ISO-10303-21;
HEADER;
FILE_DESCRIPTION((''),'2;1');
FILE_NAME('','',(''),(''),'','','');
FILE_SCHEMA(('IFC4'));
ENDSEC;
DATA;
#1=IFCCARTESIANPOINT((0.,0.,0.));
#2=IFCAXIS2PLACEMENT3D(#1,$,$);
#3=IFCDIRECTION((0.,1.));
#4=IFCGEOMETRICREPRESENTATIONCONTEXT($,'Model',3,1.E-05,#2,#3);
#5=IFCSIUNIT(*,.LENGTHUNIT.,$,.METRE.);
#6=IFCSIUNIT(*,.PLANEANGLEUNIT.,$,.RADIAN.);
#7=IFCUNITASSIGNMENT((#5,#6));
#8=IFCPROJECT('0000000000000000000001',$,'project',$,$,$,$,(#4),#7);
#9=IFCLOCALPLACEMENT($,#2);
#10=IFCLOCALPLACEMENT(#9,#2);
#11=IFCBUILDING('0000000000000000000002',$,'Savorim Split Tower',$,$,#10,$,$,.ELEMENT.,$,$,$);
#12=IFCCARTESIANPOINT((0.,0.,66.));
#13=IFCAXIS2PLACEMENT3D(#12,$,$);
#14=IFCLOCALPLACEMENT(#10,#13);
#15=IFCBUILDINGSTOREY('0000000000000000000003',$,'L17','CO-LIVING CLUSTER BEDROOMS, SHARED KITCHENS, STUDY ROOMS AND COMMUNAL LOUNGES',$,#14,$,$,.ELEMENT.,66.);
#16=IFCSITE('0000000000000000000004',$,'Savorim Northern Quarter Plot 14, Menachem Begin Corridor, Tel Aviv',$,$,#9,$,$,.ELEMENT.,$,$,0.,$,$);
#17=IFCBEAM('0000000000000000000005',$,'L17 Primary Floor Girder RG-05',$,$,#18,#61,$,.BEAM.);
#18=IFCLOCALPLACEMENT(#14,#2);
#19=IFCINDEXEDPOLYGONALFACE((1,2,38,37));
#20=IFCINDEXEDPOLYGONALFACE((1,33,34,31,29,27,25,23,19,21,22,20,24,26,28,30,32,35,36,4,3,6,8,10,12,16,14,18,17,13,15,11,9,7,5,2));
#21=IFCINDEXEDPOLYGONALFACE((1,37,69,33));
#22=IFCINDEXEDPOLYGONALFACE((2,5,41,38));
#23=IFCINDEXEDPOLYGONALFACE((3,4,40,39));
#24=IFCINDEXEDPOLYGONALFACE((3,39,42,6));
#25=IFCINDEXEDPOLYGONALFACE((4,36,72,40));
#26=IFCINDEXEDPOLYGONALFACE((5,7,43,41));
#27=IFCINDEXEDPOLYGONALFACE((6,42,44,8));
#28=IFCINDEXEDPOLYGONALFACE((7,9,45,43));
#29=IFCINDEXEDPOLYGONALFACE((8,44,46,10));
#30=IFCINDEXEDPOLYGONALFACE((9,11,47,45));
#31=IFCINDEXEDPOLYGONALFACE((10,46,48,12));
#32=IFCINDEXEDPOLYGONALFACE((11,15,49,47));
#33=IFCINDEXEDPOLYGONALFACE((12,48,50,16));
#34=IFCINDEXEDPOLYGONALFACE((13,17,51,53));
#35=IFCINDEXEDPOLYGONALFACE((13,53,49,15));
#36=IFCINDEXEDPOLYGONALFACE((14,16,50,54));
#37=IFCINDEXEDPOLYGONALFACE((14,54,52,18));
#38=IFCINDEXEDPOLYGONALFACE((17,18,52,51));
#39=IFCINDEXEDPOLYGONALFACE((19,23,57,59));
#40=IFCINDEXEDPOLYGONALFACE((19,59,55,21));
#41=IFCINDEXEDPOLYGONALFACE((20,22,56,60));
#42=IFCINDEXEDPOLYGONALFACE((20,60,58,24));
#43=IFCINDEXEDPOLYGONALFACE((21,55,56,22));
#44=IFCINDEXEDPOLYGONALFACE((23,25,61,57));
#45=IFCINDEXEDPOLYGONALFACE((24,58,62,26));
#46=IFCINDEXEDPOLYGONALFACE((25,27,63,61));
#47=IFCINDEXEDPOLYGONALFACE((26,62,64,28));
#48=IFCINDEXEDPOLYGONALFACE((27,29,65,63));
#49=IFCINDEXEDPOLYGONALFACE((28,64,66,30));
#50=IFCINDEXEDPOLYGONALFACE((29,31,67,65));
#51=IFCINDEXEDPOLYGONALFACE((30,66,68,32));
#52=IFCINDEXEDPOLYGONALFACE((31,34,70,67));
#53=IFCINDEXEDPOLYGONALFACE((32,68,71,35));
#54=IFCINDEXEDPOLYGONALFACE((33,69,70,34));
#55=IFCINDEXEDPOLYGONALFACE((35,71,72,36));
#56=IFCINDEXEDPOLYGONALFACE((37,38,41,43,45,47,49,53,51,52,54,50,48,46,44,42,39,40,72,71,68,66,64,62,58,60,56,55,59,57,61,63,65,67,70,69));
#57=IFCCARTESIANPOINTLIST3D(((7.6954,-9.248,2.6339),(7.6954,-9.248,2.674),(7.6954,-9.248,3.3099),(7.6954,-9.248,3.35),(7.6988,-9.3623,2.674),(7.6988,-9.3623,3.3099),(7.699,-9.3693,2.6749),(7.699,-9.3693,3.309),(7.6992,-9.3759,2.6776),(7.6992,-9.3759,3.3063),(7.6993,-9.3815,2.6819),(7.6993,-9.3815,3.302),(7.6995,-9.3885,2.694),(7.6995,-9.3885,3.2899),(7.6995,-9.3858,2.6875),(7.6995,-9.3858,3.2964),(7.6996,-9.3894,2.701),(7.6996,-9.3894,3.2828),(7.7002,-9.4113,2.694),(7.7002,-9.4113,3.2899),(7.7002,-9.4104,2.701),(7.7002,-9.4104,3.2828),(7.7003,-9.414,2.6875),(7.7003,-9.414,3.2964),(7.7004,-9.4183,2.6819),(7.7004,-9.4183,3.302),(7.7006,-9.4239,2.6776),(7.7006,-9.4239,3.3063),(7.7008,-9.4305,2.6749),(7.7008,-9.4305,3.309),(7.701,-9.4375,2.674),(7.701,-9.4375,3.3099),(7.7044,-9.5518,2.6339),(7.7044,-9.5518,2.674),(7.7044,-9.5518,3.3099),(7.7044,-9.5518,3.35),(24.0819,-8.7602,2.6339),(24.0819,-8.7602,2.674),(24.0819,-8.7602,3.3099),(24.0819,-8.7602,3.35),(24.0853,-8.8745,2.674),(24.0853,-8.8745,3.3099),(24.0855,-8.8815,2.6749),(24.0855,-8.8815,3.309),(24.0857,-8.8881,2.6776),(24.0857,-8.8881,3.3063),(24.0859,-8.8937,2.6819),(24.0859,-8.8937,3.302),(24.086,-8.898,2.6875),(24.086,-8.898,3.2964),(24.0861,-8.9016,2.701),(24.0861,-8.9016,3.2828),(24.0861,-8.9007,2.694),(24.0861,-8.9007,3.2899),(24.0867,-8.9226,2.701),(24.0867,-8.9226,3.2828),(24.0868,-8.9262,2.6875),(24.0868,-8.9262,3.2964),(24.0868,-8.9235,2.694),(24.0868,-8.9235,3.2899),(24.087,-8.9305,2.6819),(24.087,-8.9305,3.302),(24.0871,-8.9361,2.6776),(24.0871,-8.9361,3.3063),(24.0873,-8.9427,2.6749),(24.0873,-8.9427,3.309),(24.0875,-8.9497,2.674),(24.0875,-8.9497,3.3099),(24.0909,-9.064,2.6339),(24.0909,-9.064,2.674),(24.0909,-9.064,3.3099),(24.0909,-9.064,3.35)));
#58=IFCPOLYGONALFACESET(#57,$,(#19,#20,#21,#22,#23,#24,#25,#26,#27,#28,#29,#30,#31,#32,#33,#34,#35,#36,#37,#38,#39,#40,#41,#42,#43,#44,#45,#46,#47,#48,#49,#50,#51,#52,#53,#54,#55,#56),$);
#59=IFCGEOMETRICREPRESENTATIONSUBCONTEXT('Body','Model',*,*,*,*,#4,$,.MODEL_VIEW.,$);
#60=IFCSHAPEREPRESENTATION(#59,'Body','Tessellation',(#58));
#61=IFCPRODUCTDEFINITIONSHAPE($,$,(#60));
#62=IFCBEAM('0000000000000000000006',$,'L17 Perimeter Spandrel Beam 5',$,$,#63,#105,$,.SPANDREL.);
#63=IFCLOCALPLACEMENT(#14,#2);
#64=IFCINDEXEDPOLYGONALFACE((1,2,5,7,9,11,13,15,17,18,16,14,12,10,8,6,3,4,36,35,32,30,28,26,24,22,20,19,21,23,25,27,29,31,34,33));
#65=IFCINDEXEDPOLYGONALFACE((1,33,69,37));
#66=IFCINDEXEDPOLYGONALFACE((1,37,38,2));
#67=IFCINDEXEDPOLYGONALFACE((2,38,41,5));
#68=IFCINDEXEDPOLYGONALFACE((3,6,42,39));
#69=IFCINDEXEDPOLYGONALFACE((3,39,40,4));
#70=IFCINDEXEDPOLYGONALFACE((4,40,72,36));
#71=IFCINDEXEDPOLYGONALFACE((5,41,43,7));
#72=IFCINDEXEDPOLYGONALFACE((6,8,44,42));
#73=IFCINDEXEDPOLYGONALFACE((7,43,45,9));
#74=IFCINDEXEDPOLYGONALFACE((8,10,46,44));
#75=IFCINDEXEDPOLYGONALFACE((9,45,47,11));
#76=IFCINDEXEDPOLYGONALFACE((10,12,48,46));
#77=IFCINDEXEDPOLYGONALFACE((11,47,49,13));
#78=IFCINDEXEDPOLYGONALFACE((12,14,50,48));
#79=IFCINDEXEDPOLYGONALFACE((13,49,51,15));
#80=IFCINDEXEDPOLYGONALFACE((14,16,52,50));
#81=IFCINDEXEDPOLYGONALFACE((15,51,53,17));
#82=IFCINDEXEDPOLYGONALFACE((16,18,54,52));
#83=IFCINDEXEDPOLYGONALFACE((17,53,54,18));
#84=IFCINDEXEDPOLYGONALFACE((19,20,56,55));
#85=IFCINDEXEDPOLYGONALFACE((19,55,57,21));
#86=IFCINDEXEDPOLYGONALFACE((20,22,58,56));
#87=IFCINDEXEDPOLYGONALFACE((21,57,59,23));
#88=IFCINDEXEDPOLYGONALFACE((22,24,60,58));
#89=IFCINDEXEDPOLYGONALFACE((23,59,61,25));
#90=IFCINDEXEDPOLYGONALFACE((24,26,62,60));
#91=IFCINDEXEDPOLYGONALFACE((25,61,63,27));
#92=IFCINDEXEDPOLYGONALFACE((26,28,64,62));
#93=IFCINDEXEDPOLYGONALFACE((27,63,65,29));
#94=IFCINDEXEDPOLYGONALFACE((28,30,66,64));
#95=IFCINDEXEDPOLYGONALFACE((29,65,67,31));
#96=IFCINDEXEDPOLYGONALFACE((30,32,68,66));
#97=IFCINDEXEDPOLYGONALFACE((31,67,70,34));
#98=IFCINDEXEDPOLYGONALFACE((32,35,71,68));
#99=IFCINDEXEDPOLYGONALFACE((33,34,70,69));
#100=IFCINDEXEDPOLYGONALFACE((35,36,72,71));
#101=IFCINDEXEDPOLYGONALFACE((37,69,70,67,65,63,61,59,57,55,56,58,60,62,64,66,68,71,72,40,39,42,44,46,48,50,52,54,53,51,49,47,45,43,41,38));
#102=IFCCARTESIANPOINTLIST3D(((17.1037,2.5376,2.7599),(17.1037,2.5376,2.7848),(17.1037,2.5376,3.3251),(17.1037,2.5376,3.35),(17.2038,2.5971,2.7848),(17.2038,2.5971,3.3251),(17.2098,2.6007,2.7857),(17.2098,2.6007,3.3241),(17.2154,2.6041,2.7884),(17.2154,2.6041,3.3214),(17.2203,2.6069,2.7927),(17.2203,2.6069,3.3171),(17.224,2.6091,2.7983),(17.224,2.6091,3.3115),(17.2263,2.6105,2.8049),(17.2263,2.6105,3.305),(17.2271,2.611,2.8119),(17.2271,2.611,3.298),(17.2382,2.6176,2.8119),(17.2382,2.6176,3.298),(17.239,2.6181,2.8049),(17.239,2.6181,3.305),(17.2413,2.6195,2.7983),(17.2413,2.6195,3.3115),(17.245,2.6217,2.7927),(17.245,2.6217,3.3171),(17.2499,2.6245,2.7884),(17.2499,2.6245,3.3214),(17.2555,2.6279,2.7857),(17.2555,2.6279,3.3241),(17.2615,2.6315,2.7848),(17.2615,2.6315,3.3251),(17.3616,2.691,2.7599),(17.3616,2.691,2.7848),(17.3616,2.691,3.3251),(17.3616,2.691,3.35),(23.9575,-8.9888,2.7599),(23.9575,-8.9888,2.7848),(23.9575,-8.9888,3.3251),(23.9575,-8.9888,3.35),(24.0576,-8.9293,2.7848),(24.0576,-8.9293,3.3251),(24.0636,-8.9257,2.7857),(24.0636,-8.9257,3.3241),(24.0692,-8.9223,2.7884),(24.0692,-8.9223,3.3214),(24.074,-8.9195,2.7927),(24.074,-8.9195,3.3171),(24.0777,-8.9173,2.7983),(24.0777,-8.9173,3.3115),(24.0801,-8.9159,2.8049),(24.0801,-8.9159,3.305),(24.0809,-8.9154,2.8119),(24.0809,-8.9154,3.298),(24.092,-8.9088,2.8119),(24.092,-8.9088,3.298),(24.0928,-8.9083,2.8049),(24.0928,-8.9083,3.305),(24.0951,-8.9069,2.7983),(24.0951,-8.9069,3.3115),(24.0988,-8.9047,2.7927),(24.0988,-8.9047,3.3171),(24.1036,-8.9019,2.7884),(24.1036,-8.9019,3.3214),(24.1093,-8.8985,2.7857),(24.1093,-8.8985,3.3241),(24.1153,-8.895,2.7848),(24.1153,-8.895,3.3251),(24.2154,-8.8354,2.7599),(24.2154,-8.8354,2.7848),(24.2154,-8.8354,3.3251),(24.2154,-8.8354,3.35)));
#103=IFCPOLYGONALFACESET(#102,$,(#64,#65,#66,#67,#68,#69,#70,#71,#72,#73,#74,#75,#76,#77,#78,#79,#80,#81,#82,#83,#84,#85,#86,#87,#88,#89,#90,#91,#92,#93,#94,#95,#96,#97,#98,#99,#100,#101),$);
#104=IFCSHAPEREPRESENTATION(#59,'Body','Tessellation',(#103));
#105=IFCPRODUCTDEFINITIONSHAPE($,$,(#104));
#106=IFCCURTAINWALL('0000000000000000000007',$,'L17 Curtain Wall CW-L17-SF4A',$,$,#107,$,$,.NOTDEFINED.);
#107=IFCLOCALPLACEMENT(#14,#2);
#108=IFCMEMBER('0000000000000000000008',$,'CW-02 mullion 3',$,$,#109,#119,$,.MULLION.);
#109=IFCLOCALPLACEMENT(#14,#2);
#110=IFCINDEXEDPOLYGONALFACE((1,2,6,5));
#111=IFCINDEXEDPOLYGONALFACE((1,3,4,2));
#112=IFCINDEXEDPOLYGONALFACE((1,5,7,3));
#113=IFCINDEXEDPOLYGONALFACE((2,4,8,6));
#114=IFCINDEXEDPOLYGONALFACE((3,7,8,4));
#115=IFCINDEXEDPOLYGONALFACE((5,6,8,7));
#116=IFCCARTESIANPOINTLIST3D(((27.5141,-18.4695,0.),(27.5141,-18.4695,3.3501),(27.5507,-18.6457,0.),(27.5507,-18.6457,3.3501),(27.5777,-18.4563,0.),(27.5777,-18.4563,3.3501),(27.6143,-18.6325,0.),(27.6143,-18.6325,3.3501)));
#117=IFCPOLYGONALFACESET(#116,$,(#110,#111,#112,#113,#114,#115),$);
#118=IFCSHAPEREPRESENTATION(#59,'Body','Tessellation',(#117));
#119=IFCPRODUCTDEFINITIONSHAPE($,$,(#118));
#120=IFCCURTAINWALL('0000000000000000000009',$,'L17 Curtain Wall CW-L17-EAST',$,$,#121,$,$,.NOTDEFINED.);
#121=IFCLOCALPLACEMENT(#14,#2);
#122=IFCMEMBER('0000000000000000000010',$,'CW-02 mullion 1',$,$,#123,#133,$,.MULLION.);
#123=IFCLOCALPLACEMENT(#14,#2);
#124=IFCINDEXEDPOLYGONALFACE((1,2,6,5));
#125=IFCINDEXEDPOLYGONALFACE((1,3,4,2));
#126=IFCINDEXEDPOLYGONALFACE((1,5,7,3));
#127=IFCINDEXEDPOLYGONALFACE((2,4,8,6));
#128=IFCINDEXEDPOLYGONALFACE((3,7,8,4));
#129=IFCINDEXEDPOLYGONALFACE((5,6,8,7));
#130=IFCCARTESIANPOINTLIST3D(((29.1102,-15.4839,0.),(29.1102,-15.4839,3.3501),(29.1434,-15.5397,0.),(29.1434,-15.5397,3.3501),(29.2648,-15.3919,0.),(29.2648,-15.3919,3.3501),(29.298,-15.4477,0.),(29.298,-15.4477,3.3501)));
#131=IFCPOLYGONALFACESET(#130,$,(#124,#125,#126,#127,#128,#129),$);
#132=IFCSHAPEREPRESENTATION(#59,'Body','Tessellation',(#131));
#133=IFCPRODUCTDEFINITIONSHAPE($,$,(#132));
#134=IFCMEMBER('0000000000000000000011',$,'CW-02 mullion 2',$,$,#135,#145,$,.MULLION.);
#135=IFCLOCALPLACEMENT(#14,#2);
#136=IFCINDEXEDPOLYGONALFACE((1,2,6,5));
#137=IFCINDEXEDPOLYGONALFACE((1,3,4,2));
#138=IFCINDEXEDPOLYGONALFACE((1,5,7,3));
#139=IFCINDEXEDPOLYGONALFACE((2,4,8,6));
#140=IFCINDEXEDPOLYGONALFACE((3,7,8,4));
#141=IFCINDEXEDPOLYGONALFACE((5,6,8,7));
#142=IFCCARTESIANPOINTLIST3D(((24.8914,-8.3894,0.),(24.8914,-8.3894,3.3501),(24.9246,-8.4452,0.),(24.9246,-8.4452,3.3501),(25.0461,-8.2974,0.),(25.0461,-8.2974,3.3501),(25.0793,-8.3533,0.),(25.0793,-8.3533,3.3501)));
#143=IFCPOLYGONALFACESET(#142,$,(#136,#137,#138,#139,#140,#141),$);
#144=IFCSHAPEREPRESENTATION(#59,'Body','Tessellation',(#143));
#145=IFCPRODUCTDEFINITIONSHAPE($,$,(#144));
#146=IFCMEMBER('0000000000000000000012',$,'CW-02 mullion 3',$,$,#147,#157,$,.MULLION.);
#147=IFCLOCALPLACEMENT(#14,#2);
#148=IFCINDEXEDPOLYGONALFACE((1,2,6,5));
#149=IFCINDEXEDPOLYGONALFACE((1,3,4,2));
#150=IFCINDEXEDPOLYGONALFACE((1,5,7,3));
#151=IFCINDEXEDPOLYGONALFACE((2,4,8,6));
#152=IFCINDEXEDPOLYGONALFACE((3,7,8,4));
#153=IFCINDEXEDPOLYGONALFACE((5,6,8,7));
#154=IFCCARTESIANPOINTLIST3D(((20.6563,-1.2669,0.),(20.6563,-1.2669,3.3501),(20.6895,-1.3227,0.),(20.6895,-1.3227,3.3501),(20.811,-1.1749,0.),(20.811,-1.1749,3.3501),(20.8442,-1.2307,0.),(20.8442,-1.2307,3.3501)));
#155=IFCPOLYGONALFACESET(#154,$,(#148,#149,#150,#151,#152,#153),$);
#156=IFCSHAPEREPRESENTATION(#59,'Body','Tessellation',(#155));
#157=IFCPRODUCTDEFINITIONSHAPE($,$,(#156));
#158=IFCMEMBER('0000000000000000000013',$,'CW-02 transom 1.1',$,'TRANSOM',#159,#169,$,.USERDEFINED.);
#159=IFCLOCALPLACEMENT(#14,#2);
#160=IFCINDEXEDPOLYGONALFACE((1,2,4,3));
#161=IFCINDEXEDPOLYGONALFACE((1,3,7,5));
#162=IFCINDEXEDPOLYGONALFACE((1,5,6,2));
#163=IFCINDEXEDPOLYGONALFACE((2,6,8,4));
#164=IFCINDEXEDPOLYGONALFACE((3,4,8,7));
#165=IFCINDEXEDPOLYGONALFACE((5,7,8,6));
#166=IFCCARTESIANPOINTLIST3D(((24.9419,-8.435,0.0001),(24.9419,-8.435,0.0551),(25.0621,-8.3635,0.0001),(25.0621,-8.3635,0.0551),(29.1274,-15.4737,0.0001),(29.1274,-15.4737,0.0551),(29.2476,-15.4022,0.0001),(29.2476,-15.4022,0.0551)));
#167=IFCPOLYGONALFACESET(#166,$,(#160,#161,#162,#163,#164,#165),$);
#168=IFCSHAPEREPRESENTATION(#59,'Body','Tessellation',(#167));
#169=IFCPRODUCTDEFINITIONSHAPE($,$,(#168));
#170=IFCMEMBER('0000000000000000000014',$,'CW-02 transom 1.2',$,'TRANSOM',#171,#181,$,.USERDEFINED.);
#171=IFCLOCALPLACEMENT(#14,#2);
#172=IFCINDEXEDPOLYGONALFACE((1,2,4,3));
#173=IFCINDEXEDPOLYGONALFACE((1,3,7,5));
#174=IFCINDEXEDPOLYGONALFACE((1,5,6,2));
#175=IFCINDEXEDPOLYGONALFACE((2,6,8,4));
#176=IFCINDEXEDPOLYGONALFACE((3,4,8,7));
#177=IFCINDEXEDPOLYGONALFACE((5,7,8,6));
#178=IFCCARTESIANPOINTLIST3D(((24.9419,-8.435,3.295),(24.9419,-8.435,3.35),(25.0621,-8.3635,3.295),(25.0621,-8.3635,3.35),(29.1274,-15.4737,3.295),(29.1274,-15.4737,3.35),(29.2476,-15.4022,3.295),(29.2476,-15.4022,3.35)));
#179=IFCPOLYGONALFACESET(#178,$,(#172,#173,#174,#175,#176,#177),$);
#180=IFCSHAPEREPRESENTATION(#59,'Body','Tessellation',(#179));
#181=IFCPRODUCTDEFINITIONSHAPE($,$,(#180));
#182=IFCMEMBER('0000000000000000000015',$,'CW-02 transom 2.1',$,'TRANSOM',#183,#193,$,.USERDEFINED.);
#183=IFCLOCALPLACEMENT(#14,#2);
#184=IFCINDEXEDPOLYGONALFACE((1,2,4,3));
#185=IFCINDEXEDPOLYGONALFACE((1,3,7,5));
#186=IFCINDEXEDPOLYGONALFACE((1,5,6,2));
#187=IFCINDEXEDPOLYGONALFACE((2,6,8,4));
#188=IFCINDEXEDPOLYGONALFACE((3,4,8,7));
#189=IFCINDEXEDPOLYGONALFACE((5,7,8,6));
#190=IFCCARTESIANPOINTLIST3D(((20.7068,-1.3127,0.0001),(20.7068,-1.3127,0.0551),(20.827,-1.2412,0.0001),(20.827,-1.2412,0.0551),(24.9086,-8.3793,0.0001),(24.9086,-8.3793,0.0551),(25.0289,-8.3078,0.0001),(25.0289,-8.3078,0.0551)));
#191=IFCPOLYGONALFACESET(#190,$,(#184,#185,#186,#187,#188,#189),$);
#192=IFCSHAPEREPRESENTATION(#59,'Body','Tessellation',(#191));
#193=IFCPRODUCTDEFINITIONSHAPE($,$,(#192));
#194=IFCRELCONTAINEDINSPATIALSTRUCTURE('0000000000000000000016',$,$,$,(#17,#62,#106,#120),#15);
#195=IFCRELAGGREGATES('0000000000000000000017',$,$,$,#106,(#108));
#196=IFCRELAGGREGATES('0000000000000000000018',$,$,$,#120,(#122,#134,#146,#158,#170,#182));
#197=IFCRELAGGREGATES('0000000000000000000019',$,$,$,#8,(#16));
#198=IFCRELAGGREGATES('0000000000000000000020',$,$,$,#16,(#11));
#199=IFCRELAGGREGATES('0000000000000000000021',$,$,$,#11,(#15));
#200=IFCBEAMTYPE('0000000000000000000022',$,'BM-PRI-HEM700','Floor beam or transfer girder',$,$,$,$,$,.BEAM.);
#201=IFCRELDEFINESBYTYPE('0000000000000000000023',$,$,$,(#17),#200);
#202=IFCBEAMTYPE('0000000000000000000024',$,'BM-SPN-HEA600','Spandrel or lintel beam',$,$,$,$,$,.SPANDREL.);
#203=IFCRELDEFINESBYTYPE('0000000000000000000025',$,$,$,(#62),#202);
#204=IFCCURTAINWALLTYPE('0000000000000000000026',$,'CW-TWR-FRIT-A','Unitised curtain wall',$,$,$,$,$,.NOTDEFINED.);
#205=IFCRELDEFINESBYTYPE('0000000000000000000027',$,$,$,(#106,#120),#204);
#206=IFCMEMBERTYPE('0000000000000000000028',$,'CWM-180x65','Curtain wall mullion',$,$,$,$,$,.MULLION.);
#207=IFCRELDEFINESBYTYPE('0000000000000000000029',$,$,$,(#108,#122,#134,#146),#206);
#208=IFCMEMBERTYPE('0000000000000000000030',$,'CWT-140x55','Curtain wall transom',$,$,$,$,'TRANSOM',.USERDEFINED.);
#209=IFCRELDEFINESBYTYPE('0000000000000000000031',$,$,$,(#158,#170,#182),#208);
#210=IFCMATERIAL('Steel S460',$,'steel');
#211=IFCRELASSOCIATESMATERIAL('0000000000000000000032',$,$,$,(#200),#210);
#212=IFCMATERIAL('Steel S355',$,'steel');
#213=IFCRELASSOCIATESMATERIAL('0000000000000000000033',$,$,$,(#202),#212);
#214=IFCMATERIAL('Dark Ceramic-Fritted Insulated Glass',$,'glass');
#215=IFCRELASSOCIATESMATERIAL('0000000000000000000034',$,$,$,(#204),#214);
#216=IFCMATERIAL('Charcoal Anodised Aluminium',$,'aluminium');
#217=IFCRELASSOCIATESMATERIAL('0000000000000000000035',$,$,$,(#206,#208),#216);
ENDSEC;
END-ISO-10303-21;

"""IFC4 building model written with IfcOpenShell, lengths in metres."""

from ifc_helpers import new_model, si_unit, direction, frame, origin, origin_2d, place, context, subcontext, project, spatial, rectangle, i_section, extrude, material, material_profile, profile_set, type_object, element, aggregate, save


model = new_model("IFC4")

# Units and contexts
model_context = context("Model", 3, precision=1e-05, world=origin(), true_north=direction((0.0, 1.0)))
body_context = subcontext(model_context, "Body", "Model", "MODEL_VIEW")
ifc_project = project(units=[si_unit("LENGTHUNIT", "METRE"), si_unit("PLANEANGLEUNIT", "RADIAN")], contexts=[model_context])

# Site, building, storey
site_placement = place(None, origin())
site = spatial("IfcSite", under=ifc_project, at=site_placement, Name="Savorim Northern Quarter Plot 14, Menachem Begin Corridor, Tel Aviv", CompositionType="ELEMENT", RefElevation=0.0)
building_placement = place(site_placement, origin())
building = spatial("IfcBuilding", under=site, at=building_placement, Name="Savorim Split Tower", CompositionType="ELEMENT")
storey_placement = place(building_placement, frame((0.0, 0.0, 66.0)))
storey = spatial("IfcBuildingStorey", under=building, at=storey_placement, Name="L17", Description="CO-LIVING CLUSTER BEDROOMS, SHARED KITCHENS, STUDY ROOMS AND COMMUNAL LOUNGES", CompositionType="ELEMENT", Elevation=66.0)

# Shared definitions
ifc_material_1 = material(Name="Steel S460", Category="steel")

# Beams
ifc_material_2 = material(Name="Steel S355", Category="steel")
ifc_material_profile_1 = material_profile(ifc_material_1, i_section(OverallWidth=0.304, OverallDepth=0.7161, WebThickness=0.021, FlangeThickness=0.04, FilletRadius=0.0271, at=origin_2d()), Name="HE 700 M")
ifc_profile_set_1 = profile_set([ifc_material_profile_1], Name="Steel S460")
beam_type_1 = type_object("IfcBeamType", Name="BM-PRI-HEM700", Description="Floor beam or transfer girder", PredefinedType="BEAM", material=ifc_profile_set_1)
beam_1_placement = place(storey_placement, frame((24.0864, -8.9121, 2.9919), z_axis=(-0.999557, -0.029755, 0.0), x_axis=(0.029755, -0.999557, 0.0)))
element("IfcBeam", 1, at=beam_1_placement, inside=storey, type_object=beam_type_1, Name="L17 Primary Floor Girder RG-05", PredefinedType="BEAM", context=body_context, shape_type="SweptSolid", body=[
    extrude(i_section(OverallWidth=0.304, OverallDepth=0.7161, WebThickness=0.021, FlangeThickness=0.04, FilletRadius=0.0271, at=origin_2d()), origin(), (0.0, 0.0, 1.0), 16.3938),
])
ifc_material_profile_2 = material_profile(ifc_material_2, i_section(OverallWidth=0.3, OverallDepth=0.5901, WebThickness=0.0129, FlangeThickness=0.0249, FilletRadius=0.0271, at=origin_2d()), Name="HEA 600")
ifc_profile_set_2 = profile_set([ifc_material_profile_2], Name="Steel S355")
beam_type_2 = type_object("IfcBeamType", Name="BM-SPN-HEA600", Description="Spandrel or lintel beam", PredefinedType="SPANDREL", material=ifc_profile_set_2)
beam_2_placement = place(storey_placement, frame((24.0864, -8.9121, 3.0549), z_axis=(-0.511089, 0.859528, 0.0), x_axis=(-0.859528, -0.511089, 0.0)))
element("IfcBeam", 2, at=beam_2_placement, inside=storey, type_object=beam_type_2, Name="L17 Perimeter Spandrel Beam 5", PredefinedType="SPANDREL", context=body_context, shape_type="SweptSolid", body=[
    extrude(i_section(OverallWidth=0.3, OverallDepth=0.5901, WebThickness=0.0129, FlangeThickness=0.0249, FilletRadius=0.0271, at=origin_2d()), origin(), (0.0, 0.0, 1.0), 13.4102),
])

# Curtain wall, member
ifc_material_3 = material(Name="Dark Ceramic-Fritted Insulated Glass", Category="glass")
curtain_wall_type = type_object("IfcCurtainWallType", Name="CW-TWR-FRIT-A", Description="Unitised curtain wall", PredefinedType="NOTDEFINED", material=ifc_material_3)
curtain_wall_1_placement = place(storey_placement, origin())
curtain_wall_1 = element("IfcCurtainWall", 3, at=curtain_wall_1_placement, inside=storey, type_object=curtain_wall_type, Name="L17 Curtain Wall CW-L17-SF4A", PredefinedType="NOTDEFINED")
ifc_material_4 = material(Name="Charcoal Anodised Aluminium", Category="aluminium")
ifc_material_profile_3 = material_profile(ifc_material_4, rectangle(XDim=0.1799, YDim=0.0649, at=origin_2d()), Name="ALU-M 180x65")
ifc_profile_set_3 = profile_set([ifc_material_profile_3], Name="Charcoal Anodised Aluminium")
member_type_1 = type_object("IfcMemberType", Name="CWM-180x65", Description="Curtain wall mullion", PredefinedType="MULLION", material=ifc_profile_set_3)
member_1_placement = place(storey_placement, frame((27.5642, -18.551, 0.0), z_axis=(0.0, 0.0, 1.0), x_axis=(-0.203216, 0.979134, 0.0)))
member_1 = element("IfcMember", 4, at=member_1_placement, type_object=member_type_1, Name="CW-02 mullion 3", PredefinedType="MULLION", context=body_context, shape_type="SweptSolid", body=[
    extrude(rectangle(XDim=0.1799, YDim=0.0649, at=origin_2d()), origin(), (0.0, 0.0, 1.0), 3.3501),
])
aggregate(curtain_wall_1, [member_1])

# Curtain wall, members
curtain_wall_2_placement = place(storey_placement, origin())
curtain_wall_2 = element("IfcCurtainWall", 5, at=curtain_wall_2_placement, inside=storey, type_object=curtain_wall_type, Name="L17 Curtain Wall CW-L17-EAST", PredefinedType="NOTDEFINED")
member_2_placement = place(storey_placement, frame((29.2041, -15.4658, 0.0), z_axis=(0.0, 0.0, 1.0), x_axis=(-0.859526, -0.511092, 0.0)))
member_2 = element("IfcMember", 6, at=member_2_placement, type_object=member_type_1, Name="CW-02 mullion 1", PredefinedType="MULLION", context=body_context, shape_type="SweptSolid", body=[
    extrude(rectangle(XDim=0.1799, YDim=0.0649, at=origin_2d()), origin(), (0.0, 0.0, 1.0), 3.3501),
])
member_3_placement = place(storey_placement, frame((24.9854, -8.3713, 0.0), z_axis=(0.0, 0.0, 1.0), x_axis=(-0.859526, -0.511092, 0.0)))
member_3 = element("IfcMember", 7, at=member_3_placement, type_object=member_type_1, Name="CW-02 mullion 2", PredefinedType="MULLION", context=body_context, shape_type="SweptSolid", body=[
    extrude(rectangle(XDim=0.1799, YDim=0.0649, at=origin_2d()), origin(), (0.0, 0.0, 1.0), 3.3501),
])
member_4_placement = place(storey_placement, frame((20.7502, -1.2488, 0.0), z_axis=(0.0, 0.0, 1.0), x_axis=(-0.859526, -0.511092, 0.0)))
member_4 = element("IfcMember", 8, at=member_4_placement, type_object=member_type_1, Name="CW-02 mullion 3", PredefinedType="MULLION", context=body_context, shape_type="SweptSolid", body=[
    extrude(rectangle(XDim=0.1799, YDim=0.0649, at=origin_2d()), origin(), (0.0, 0.0, 1.0), 3.3501),
])
ifc_material_profile_4 = material_profile(ifc_material_4, rectangle(XDim=0.1399, YDim=0.0549, at=origin_2d()), Name="ALU-T 140x55")
ifc_profile_set_4 = profile_set([ifc_material_profile_4], Name="Charcoal Anodised Aluminium")
member_type_2 = type_object("IfcMemberType", Name="CWT-140x55", Description="Curtain wall transom", ElementType="TRANSOM", PredefinedType="USERDEFINED", material=ifc_profile_set_4)
member_5_placement = place(storey_placement, frame((29.1875, -15.438, 0.0276), z_axis=(-0.511103, 0.85952, 0.0), x_axis=(-0.85952, -0.511103, 0.0)))
member_5 = element("IfcMember", 9, at=member_5_placement, type_object=member_type_2, Name="CW-02 transom 1.1", ObjectType="TRANSOM", PredefinedType="USERDEFINED", context=body_context, shape_type="SweptSolid", body=[
    extrude(rectangle(XDim=0.1399, YDim=0.0549, at=origin_2d()), origin(), (0.0, 0.0, 1.0), 8.1892),
])
member_6_placement = place(storey_placement, frame((29.1875, -15.438, 3.3225), z_axis=(-0.511103, 0.85952, 0.0), x_axis=(-0.85952, -0.511103, 0.0)))
member_6 = element("IfcMember", 10, at=member_6_placement, type_object=member_type_2, Name="CW-02 transom 1.2", ObjectType="TRANSOM", PredefinedType="USERDEFINED", context=body_context, shape_type="SweptSolid", body=[
    extrude(rectangle(XDim=0.1399, YDim=0.0549, at=origin_2d()), origin(), (0.0, 0.0, 1.0), 8.1892),
])
member_7_placement = place(storey_placement, frame((24.9688, -8.3435, 0.0276), z_axis=(-0.511085, 0.85953, 0.0), x_axis=(-0.85953, -0.511085, 0.0)))
member_7 = element("IfcMember", 11, at=member_7_placement, type_object=member_type_2, Name="CW-02 transom 2.1", ObjectType="TRANSOM", PredefinedType="USERDEFINED", context=body_context, shape_type="SweptSolid", body=[
    extrude(rectangle(XDim=0.1399, YDim=0.0549, at=origin_2d()), origin(), (0.0, 0.0, 1.0), 8.2214),
])
aggregate(curtain_wall_2, [member_2, member_3, member_4, member_5, member_6, member_7])

save(model, "model.ifc")
